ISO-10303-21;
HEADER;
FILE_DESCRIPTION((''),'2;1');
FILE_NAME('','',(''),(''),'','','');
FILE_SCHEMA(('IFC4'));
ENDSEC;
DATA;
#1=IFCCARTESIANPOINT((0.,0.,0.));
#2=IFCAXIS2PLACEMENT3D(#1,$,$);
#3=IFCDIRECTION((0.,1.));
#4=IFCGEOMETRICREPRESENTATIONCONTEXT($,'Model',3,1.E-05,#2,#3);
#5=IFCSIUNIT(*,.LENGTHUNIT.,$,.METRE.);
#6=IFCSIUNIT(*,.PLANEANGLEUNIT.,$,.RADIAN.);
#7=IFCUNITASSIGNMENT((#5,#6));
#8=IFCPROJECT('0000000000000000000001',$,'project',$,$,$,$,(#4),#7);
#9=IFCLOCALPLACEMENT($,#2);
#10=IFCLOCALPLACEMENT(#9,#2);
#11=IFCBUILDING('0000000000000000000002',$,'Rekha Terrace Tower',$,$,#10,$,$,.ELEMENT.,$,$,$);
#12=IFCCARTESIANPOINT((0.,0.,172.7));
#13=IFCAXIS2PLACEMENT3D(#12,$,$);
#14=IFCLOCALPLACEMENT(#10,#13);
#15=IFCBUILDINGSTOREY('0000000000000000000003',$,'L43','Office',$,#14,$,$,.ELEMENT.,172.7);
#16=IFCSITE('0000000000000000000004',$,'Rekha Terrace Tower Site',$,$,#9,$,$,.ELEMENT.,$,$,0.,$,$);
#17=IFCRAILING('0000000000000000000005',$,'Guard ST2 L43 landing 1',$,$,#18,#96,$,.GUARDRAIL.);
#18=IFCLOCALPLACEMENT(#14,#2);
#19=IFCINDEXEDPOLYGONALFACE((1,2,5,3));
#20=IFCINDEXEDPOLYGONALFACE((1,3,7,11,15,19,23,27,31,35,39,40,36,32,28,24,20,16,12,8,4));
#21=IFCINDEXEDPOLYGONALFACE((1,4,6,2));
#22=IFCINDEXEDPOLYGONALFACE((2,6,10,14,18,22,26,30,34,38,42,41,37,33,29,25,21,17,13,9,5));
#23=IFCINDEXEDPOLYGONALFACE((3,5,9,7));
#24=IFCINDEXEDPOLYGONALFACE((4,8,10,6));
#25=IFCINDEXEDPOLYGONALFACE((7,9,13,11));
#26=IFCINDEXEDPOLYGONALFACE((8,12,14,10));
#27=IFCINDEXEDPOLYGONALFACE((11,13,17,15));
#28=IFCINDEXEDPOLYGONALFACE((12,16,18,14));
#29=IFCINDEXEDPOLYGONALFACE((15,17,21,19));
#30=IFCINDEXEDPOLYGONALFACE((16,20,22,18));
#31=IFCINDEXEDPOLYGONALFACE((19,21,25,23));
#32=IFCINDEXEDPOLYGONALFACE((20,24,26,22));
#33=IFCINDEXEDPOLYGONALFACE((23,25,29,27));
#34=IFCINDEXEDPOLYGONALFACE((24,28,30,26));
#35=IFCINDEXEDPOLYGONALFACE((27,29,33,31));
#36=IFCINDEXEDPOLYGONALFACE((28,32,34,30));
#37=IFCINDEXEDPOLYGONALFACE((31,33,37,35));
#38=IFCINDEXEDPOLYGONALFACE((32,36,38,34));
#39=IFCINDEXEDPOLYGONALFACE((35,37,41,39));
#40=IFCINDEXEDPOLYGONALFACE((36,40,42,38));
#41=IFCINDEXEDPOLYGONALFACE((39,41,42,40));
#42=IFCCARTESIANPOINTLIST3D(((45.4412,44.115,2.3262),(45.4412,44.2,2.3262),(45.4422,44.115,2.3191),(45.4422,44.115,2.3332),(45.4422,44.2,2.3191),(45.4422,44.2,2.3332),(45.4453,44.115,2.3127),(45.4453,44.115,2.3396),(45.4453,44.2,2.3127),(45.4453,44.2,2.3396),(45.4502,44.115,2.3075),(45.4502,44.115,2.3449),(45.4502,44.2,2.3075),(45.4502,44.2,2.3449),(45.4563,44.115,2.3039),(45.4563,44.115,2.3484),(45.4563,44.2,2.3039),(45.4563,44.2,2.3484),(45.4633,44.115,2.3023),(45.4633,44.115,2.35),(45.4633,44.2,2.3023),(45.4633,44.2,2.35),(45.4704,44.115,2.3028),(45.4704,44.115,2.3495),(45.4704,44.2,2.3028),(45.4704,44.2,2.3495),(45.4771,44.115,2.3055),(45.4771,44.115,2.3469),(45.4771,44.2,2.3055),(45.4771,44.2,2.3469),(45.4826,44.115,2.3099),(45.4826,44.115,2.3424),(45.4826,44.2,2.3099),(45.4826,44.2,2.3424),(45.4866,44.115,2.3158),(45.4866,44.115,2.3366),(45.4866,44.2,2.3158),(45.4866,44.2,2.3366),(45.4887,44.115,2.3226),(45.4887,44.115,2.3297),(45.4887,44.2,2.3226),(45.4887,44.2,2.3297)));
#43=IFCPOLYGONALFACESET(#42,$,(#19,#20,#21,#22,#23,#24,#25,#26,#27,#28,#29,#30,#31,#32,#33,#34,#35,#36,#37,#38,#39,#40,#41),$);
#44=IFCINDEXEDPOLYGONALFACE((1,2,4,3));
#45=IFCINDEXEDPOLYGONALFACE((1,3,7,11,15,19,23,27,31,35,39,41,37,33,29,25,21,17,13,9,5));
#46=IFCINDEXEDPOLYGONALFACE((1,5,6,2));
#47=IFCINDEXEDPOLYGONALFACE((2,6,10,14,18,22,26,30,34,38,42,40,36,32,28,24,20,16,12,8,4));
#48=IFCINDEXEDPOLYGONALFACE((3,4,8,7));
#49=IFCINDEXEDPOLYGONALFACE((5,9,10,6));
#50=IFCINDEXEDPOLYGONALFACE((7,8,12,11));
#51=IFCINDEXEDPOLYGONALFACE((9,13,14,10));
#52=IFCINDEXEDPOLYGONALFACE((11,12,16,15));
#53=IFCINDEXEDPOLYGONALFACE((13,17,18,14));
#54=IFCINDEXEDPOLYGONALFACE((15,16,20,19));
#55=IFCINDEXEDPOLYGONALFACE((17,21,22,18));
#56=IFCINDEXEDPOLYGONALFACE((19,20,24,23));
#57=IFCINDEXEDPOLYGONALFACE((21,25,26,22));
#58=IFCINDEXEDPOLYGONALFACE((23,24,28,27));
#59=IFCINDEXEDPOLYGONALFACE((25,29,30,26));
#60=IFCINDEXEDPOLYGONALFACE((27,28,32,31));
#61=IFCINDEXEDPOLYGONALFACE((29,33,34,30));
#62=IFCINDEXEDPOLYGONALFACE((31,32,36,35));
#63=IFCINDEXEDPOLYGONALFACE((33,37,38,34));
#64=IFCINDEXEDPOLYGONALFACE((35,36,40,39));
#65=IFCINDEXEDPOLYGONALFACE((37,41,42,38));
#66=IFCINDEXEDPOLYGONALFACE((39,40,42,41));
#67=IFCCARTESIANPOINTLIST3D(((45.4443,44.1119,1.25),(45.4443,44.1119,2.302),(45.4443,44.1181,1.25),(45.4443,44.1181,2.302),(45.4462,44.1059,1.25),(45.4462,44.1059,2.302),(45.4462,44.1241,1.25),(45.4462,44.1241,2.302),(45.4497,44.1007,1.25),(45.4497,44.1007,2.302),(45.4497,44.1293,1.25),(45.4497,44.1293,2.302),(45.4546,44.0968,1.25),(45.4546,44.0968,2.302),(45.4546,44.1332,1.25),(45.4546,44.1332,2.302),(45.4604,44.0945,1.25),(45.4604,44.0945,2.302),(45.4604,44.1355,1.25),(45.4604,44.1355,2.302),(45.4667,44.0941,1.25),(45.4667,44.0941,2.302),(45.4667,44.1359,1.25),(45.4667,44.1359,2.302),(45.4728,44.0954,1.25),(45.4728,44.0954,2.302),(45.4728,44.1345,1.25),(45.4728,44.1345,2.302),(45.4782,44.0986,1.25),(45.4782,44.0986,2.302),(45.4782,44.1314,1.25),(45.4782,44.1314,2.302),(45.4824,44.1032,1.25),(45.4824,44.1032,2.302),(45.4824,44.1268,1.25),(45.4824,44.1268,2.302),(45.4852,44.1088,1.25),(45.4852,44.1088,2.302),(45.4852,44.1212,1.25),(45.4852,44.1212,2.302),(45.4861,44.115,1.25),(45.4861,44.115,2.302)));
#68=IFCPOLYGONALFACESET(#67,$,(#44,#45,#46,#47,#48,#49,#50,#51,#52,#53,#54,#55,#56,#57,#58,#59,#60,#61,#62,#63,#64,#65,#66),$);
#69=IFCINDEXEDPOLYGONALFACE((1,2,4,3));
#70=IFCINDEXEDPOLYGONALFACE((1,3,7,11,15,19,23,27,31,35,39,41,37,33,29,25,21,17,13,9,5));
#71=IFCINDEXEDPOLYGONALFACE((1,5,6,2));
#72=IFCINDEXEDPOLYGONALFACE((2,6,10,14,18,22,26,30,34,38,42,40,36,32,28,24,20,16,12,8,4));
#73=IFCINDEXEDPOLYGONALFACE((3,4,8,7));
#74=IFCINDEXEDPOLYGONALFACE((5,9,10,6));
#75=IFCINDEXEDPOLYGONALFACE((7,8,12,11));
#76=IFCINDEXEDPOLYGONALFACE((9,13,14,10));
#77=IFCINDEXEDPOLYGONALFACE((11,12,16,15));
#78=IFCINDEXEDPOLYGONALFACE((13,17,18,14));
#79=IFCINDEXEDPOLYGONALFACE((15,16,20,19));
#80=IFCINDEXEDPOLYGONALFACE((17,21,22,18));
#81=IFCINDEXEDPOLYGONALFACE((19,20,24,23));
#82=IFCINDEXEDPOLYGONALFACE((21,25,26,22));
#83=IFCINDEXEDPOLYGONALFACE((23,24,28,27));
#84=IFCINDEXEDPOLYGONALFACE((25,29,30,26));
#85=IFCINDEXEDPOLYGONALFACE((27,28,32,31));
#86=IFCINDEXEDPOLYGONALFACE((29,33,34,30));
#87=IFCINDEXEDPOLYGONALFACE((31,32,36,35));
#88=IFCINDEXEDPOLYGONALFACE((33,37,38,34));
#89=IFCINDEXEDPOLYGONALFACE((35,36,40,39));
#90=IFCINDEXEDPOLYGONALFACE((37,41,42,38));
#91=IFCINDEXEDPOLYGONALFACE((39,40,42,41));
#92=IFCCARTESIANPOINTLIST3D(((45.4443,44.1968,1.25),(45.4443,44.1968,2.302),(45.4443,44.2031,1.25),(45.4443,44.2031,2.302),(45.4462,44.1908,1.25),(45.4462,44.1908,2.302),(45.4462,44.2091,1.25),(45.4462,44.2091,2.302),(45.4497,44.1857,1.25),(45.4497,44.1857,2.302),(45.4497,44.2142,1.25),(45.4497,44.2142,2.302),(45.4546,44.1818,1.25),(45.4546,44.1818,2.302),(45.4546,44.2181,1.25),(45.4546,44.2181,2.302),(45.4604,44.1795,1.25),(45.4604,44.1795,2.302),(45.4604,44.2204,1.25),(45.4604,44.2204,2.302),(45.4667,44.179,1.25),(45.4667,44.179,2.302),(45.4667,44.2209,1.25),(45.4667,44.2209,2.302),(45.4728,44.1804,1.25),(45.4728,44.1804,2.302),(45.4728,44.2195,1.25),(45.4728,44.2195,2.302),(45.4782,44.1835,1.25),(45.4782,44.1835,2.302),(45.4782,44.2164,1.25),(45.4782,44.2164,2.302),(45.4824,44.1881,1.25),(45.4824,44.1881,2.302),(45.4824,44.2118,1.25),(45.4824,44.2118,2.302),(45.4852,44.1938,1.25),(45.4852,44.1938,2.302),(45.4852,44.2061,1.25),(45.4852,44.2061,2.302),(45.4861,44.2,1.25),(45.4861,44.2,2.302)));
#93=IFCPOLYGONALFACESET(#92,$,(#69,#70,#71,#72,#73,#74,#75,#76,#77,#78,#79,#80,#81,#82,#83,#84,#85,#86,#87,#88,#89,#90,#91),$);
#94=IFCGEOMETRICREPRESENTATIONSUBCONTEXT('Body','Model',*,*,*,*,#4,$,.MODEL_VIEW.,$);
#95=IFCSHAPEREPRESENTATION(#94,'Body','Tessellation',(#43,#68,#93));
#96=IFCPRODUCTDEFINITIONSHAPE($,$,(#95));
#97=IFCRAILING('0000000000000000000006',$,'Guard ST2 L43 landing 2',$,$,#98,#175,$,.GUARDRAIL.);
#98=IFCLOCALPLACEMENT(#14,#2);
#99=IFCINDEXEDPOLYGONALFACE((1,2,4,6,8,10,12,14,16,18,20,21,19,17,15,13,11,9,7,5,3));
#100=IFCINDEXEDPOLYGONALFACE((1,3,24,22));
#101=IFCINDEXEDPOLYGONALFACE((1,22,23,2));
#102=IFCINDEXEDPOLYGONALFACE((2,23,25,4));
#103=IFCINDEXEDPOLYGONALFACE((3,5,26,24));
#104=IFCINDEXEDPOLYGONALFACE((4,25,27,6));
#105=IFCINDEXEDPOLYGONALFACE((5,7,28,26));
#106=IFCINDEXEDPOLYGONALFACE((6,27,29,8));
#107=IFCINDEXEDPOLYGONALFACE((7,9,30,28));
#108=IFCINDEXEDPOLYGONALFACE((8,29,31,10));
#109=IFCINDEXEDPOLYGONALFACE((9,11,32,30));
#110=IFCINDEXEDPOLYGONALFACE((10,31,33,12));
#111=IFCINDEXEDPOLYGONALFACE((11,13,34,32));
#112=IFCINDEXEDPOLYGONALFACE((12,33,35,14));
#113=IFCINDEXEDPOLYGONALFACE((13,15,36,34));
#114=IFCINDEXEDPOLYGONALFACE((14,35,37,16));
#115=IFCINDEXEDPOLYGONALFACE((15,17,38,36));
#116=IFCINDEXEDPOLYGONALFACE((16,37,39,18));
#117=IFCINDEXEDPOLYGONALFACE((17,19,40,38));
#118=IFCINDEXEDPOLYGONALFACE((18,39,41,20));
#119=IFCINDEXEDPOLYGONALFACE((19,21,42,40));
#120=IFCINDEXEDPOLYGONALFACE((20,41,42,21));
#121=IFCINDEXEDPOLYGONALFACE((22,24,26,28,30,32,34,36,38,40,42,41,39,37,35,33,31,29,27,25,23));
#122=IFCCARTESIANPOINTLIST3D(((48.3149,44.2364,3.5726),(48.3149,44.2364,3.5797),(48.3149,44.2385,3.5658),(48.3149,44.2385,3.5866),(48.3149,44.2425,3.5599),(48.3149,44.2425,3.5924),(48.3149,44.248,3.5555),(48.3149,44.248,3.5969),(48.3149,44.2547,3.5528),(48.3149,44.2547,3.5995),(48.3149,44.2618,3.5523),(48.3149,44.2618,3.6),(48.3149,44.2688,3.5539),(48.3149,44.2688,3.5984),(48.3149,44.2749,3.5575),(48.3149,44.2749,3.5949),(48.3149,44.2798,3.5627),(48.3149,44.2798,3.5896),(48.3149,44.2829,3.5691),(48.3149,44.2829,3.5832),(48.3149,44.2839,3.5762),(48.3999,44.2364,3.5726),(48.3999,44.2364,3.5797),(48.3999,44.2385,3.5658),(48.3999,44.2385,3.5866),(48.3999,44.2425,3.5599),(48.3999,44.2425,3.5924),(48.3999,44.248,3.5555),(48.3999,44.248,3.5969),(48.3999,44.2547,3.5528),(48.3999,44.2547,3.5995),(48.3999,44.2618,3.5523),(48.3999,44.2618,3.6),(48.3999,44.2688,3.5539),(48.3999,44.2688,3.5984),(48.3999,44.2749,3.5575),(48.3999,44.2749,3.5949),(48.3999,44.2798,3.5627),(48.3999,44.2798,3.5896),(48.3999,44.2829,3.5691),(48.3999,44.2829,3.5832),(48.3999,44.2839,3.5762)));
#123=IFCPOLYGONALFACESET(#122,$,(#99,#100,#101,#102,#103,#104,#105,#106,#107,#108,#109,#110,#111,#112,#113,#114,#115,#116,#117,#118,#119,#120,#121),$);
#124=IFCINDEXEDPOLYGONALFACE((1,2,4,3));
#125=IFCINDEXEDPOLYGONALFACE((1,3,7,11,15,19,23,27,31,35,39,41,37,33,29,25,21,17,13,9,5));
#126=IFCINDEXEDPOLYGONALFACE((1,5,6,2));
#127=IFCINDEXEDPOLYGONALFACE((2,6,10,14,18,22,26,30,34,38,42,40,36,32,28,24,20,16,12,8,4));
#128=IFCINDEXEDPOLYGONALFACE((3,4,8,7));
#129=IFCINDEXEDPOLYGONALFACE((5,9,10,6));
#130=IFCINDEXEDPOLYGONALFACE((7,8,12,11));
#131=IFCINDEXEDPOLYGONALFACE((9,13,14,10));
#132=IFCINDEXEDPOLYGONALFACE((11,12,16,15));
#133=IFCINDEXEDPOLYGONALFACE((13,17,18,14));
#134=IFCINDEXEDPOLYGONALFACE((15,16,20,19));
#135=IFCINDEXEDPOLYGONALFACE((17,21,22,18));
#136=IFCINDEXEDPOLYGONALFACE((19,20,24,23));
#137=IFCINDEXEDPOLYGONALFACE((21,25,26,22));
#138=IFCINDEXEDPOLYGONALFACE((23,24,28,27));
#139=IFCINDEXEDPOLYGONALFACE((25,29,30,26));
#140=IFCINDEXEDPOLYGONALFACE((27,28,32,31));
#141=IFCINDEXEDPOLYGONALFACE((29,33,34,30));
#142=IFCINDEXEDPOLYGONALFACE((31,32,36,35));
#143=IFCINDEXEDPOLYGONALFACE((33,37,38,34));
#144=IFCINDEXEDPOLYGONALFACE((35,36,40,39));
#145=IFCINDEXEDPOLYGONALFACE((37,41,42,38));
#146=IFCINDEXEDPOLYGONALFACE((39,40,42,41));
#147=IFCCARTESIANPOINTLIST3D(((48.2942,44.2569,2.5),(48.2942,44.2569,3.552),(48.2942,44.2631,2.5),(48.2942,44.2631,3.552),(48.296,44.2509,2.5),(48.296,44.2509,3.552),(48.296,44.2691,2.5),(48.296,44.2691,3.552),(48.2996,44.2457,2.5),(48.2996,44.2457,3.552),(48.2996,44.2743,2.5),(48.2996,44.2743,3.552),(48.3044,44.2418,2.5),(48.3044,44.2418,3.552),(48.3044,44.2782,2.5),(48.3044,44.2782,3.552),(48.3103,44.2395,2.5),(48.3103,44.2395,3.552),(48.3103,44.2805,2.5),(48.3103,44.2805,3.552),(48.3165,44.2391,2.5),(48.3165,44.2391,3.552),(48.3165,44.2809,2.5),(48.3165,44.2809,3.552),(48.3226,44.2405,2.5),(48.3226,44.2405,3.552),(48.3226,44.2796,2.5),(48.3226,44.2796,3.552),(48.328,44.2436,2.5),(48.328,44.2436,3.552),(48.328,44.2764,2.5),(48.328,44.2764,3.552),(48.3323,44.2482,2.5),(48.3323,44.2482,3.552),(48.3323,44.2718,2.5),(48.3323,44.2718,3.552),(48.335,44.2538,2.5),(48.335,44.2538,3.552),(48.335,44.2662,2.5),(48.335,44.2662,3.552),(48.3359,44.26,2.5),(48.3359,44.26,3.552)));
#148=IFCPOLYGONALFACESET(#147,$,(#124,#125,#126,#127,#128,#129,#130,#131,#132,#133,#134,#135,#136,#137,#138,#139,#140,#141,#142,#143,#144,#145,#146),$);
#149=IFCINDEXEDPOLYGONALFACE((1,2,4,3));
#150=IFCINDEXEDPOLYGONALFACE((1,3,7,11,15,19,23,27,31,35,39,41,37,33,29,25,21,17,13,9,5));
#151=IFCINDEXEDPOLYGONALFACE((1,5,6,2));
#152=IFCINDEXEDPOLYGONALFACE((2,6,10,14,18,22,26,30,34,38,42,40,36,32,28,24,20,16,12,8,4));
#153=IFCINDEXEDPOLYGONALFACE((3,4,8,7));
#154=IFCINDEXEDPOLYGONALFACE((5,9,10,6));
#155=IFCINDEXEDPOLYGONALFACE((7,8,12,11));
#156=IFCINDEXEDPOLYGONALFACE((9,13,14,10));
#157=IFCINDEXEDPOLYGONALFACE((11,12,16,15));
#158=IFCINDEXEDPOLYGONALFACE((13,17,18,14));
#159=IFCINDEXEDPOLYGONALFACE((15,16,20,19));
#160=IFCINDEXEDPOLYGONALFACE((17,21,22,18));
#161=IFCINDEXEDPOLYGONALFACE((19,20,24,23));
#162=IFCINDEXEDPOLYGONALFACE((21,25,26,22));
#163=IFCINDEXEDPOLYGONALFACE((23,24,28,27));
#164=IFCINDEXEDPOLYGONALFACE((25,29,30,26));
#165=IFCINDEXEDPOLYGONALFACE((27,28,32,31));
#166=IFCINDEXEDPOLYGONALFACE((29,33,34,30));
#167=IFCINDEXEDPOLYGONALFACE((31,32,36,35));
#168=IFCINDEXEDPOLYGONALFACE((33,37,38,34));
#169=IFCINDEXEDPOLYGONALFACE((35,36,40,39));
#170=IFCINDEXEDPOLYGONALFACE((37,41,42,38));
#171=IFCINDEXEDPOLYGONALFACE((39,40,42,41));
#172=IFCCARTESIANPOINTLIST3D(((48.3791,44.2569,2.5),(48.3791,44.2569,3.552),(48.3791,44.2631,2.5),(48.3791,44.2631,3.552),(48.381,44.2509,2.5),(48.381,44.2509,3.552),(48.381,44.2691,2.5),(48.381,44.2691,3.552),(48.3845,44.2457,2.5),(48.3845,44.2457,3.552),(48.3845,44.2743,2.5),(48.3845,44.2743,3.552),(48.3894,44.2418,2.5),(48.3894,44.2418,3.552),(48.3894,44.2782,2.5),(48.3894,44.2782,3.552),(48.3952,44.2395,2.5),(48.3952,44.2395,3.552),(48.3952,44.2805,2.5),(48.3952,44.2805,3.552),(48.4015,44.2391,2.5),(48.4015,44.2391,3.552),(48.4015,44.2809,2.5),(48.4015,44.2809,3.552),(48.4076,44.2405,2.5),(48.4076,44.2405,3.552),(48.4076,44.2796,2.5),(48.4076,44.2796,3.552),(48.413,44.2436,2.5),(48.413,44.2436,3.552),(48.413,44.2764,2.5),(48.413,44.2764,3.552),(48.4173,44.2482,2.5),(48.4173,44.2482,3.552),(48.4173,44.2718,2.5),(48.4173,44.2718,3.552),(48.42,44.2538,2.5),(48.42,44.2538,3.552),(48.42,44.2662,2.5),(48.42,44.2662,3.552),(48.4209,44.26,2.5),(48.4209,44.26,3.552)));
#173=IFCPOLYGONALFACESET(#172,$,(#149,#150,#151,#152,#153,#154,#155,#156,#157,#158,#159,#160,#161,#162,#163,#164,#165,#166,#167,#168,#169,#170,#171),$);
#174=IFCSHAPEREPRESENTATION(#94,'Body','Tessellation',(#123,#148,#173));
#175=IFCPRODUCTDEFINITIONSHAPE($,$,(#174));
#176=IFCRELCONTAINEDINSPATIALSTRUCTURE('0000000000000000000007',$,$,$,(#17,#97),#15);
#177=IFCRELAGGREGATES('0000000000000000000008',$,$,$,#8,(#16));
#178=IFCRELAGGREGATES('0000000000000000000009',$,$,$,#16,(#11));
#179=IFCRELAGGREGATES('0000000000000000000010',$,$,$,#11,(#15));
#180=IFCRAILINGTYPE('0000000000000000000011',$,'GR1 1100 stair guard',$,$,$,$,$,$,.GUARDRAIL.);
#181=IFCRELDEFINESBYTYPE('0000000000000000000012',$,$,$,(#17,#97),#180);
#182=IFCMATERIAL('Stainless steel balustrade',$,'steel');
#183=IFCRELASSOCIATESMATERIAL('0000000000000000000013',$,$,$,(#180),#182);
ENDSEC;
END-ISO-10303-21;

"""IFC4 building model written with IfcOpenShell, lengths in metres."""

from ifc_helpers import new_model, si_unit, direction, frame, origin, origin_2d, place, context, subcontext, project, spatial, circle, extrude, material, type_object, element, save


model = new_model("IFC4")

# Units and contexts
model_context = context("Model", 3, precision=1e-05, world=origin(), true_north=direction((0.0, 1.0)))
body_context = subcontext(model_context, "Body", "Model", "MODEL_VIEW")
ifc_project = project(units=[si_unit("LENGTHUNIT", "METRE"), si_unit("PLANEANGLEUNIT", "RADIAN")], contexts=[model_context])

# Site, building, storey
site_placement = place(None, origin())
site = spatial("IfcSite", under=ifc_project, at=site_placement, Name="Rekha Terrace Tower Site", CompositionType="ELEMENT", RefElevation=0.0)
building_placement = place(site_placement, origin())
building = spatial("IfcBuilding", under=site, at=building_placement, Name="Rekha Terrace Tower", CompositionType="ELEMENT")
storey_placement = place(building_placement, frame((0.0, 0.0, 172.7)))
storey = spatial("IfcBuildingStorey", under=building, at=storey_placement, Name="L43", Description="Office", CompositionType="ELEMENT", Elevation=172.7)

# Railings
ifc_material_1 = material(Name="Stainless steel balustrade", Category="steel")
railing_type_1 = type_object("IfcRailingType", Name="GR1 1100 stair guard", PredefinedType="GUARDRAIL", material=ifc_material_1)
railing_1_placement = place(storey_placement, frame((45.4651, 44.115, 1.25)))
element("IfcRailing", 1, at=railing_1_placement, inside=storey, type_object=railing_type_1, Name="Guard ST2 L43 landing 1", PredefinedType="GUARDRAIL", context=body_context, shape_type="SweptSolid", body=[
    extrude(circle(Radius=0.0239, at=origin_2d()), frame((0.0, 0.0, 1.0762), z_axis=(0.0, 1.0, 0.0), x_axis=(-1.0, 0.0, 0.0)), (0.0, 0.0, 1.0), 0.085),
    extrude(circle(Radius=0.021, at=origin_2d()), origin(), (0.0, 0.0, 1.0), 1.052),
    extrude(circle(Radius=0.021, at=origin_2d()), frame((0.0, 0.085, 0.0)), (0.0, 0.0, 1.0), 1.052),
])
railing_2_placement = place(storey_placement, frame((48.3149, 44.26, 2.5)))
element("IfcRailing", 2, at=railing_2_placement, inside=storey, type_object=railing_type_1, Name="Guard ST2 L43 landing 2", PredefinedType="GUARDRAIL", context=body_context, shape_type="SweptSolid", body=[
    extrude(circle(Radius=0.0239, at=origin_2d()), frame((0.0, 0.0, 1.0762), z_axis=(1.0, 0.0, 0.0), x_axis=(0.0, 1.0, 0.0)), (0.0, 0.0, 1.0), 0.085),
    extrude(circle(Radius=0.021, at=origin_2d()), origin(), (0.0, 0.0, 1.0), 1.052),
    extrude(circle(Radius=0.021, at=origin_2d()), frame((0.085, 0.0, 0.0)), (0.0, 0.0, 1.0), 1.052),
])

save(model, "model.ifc")
